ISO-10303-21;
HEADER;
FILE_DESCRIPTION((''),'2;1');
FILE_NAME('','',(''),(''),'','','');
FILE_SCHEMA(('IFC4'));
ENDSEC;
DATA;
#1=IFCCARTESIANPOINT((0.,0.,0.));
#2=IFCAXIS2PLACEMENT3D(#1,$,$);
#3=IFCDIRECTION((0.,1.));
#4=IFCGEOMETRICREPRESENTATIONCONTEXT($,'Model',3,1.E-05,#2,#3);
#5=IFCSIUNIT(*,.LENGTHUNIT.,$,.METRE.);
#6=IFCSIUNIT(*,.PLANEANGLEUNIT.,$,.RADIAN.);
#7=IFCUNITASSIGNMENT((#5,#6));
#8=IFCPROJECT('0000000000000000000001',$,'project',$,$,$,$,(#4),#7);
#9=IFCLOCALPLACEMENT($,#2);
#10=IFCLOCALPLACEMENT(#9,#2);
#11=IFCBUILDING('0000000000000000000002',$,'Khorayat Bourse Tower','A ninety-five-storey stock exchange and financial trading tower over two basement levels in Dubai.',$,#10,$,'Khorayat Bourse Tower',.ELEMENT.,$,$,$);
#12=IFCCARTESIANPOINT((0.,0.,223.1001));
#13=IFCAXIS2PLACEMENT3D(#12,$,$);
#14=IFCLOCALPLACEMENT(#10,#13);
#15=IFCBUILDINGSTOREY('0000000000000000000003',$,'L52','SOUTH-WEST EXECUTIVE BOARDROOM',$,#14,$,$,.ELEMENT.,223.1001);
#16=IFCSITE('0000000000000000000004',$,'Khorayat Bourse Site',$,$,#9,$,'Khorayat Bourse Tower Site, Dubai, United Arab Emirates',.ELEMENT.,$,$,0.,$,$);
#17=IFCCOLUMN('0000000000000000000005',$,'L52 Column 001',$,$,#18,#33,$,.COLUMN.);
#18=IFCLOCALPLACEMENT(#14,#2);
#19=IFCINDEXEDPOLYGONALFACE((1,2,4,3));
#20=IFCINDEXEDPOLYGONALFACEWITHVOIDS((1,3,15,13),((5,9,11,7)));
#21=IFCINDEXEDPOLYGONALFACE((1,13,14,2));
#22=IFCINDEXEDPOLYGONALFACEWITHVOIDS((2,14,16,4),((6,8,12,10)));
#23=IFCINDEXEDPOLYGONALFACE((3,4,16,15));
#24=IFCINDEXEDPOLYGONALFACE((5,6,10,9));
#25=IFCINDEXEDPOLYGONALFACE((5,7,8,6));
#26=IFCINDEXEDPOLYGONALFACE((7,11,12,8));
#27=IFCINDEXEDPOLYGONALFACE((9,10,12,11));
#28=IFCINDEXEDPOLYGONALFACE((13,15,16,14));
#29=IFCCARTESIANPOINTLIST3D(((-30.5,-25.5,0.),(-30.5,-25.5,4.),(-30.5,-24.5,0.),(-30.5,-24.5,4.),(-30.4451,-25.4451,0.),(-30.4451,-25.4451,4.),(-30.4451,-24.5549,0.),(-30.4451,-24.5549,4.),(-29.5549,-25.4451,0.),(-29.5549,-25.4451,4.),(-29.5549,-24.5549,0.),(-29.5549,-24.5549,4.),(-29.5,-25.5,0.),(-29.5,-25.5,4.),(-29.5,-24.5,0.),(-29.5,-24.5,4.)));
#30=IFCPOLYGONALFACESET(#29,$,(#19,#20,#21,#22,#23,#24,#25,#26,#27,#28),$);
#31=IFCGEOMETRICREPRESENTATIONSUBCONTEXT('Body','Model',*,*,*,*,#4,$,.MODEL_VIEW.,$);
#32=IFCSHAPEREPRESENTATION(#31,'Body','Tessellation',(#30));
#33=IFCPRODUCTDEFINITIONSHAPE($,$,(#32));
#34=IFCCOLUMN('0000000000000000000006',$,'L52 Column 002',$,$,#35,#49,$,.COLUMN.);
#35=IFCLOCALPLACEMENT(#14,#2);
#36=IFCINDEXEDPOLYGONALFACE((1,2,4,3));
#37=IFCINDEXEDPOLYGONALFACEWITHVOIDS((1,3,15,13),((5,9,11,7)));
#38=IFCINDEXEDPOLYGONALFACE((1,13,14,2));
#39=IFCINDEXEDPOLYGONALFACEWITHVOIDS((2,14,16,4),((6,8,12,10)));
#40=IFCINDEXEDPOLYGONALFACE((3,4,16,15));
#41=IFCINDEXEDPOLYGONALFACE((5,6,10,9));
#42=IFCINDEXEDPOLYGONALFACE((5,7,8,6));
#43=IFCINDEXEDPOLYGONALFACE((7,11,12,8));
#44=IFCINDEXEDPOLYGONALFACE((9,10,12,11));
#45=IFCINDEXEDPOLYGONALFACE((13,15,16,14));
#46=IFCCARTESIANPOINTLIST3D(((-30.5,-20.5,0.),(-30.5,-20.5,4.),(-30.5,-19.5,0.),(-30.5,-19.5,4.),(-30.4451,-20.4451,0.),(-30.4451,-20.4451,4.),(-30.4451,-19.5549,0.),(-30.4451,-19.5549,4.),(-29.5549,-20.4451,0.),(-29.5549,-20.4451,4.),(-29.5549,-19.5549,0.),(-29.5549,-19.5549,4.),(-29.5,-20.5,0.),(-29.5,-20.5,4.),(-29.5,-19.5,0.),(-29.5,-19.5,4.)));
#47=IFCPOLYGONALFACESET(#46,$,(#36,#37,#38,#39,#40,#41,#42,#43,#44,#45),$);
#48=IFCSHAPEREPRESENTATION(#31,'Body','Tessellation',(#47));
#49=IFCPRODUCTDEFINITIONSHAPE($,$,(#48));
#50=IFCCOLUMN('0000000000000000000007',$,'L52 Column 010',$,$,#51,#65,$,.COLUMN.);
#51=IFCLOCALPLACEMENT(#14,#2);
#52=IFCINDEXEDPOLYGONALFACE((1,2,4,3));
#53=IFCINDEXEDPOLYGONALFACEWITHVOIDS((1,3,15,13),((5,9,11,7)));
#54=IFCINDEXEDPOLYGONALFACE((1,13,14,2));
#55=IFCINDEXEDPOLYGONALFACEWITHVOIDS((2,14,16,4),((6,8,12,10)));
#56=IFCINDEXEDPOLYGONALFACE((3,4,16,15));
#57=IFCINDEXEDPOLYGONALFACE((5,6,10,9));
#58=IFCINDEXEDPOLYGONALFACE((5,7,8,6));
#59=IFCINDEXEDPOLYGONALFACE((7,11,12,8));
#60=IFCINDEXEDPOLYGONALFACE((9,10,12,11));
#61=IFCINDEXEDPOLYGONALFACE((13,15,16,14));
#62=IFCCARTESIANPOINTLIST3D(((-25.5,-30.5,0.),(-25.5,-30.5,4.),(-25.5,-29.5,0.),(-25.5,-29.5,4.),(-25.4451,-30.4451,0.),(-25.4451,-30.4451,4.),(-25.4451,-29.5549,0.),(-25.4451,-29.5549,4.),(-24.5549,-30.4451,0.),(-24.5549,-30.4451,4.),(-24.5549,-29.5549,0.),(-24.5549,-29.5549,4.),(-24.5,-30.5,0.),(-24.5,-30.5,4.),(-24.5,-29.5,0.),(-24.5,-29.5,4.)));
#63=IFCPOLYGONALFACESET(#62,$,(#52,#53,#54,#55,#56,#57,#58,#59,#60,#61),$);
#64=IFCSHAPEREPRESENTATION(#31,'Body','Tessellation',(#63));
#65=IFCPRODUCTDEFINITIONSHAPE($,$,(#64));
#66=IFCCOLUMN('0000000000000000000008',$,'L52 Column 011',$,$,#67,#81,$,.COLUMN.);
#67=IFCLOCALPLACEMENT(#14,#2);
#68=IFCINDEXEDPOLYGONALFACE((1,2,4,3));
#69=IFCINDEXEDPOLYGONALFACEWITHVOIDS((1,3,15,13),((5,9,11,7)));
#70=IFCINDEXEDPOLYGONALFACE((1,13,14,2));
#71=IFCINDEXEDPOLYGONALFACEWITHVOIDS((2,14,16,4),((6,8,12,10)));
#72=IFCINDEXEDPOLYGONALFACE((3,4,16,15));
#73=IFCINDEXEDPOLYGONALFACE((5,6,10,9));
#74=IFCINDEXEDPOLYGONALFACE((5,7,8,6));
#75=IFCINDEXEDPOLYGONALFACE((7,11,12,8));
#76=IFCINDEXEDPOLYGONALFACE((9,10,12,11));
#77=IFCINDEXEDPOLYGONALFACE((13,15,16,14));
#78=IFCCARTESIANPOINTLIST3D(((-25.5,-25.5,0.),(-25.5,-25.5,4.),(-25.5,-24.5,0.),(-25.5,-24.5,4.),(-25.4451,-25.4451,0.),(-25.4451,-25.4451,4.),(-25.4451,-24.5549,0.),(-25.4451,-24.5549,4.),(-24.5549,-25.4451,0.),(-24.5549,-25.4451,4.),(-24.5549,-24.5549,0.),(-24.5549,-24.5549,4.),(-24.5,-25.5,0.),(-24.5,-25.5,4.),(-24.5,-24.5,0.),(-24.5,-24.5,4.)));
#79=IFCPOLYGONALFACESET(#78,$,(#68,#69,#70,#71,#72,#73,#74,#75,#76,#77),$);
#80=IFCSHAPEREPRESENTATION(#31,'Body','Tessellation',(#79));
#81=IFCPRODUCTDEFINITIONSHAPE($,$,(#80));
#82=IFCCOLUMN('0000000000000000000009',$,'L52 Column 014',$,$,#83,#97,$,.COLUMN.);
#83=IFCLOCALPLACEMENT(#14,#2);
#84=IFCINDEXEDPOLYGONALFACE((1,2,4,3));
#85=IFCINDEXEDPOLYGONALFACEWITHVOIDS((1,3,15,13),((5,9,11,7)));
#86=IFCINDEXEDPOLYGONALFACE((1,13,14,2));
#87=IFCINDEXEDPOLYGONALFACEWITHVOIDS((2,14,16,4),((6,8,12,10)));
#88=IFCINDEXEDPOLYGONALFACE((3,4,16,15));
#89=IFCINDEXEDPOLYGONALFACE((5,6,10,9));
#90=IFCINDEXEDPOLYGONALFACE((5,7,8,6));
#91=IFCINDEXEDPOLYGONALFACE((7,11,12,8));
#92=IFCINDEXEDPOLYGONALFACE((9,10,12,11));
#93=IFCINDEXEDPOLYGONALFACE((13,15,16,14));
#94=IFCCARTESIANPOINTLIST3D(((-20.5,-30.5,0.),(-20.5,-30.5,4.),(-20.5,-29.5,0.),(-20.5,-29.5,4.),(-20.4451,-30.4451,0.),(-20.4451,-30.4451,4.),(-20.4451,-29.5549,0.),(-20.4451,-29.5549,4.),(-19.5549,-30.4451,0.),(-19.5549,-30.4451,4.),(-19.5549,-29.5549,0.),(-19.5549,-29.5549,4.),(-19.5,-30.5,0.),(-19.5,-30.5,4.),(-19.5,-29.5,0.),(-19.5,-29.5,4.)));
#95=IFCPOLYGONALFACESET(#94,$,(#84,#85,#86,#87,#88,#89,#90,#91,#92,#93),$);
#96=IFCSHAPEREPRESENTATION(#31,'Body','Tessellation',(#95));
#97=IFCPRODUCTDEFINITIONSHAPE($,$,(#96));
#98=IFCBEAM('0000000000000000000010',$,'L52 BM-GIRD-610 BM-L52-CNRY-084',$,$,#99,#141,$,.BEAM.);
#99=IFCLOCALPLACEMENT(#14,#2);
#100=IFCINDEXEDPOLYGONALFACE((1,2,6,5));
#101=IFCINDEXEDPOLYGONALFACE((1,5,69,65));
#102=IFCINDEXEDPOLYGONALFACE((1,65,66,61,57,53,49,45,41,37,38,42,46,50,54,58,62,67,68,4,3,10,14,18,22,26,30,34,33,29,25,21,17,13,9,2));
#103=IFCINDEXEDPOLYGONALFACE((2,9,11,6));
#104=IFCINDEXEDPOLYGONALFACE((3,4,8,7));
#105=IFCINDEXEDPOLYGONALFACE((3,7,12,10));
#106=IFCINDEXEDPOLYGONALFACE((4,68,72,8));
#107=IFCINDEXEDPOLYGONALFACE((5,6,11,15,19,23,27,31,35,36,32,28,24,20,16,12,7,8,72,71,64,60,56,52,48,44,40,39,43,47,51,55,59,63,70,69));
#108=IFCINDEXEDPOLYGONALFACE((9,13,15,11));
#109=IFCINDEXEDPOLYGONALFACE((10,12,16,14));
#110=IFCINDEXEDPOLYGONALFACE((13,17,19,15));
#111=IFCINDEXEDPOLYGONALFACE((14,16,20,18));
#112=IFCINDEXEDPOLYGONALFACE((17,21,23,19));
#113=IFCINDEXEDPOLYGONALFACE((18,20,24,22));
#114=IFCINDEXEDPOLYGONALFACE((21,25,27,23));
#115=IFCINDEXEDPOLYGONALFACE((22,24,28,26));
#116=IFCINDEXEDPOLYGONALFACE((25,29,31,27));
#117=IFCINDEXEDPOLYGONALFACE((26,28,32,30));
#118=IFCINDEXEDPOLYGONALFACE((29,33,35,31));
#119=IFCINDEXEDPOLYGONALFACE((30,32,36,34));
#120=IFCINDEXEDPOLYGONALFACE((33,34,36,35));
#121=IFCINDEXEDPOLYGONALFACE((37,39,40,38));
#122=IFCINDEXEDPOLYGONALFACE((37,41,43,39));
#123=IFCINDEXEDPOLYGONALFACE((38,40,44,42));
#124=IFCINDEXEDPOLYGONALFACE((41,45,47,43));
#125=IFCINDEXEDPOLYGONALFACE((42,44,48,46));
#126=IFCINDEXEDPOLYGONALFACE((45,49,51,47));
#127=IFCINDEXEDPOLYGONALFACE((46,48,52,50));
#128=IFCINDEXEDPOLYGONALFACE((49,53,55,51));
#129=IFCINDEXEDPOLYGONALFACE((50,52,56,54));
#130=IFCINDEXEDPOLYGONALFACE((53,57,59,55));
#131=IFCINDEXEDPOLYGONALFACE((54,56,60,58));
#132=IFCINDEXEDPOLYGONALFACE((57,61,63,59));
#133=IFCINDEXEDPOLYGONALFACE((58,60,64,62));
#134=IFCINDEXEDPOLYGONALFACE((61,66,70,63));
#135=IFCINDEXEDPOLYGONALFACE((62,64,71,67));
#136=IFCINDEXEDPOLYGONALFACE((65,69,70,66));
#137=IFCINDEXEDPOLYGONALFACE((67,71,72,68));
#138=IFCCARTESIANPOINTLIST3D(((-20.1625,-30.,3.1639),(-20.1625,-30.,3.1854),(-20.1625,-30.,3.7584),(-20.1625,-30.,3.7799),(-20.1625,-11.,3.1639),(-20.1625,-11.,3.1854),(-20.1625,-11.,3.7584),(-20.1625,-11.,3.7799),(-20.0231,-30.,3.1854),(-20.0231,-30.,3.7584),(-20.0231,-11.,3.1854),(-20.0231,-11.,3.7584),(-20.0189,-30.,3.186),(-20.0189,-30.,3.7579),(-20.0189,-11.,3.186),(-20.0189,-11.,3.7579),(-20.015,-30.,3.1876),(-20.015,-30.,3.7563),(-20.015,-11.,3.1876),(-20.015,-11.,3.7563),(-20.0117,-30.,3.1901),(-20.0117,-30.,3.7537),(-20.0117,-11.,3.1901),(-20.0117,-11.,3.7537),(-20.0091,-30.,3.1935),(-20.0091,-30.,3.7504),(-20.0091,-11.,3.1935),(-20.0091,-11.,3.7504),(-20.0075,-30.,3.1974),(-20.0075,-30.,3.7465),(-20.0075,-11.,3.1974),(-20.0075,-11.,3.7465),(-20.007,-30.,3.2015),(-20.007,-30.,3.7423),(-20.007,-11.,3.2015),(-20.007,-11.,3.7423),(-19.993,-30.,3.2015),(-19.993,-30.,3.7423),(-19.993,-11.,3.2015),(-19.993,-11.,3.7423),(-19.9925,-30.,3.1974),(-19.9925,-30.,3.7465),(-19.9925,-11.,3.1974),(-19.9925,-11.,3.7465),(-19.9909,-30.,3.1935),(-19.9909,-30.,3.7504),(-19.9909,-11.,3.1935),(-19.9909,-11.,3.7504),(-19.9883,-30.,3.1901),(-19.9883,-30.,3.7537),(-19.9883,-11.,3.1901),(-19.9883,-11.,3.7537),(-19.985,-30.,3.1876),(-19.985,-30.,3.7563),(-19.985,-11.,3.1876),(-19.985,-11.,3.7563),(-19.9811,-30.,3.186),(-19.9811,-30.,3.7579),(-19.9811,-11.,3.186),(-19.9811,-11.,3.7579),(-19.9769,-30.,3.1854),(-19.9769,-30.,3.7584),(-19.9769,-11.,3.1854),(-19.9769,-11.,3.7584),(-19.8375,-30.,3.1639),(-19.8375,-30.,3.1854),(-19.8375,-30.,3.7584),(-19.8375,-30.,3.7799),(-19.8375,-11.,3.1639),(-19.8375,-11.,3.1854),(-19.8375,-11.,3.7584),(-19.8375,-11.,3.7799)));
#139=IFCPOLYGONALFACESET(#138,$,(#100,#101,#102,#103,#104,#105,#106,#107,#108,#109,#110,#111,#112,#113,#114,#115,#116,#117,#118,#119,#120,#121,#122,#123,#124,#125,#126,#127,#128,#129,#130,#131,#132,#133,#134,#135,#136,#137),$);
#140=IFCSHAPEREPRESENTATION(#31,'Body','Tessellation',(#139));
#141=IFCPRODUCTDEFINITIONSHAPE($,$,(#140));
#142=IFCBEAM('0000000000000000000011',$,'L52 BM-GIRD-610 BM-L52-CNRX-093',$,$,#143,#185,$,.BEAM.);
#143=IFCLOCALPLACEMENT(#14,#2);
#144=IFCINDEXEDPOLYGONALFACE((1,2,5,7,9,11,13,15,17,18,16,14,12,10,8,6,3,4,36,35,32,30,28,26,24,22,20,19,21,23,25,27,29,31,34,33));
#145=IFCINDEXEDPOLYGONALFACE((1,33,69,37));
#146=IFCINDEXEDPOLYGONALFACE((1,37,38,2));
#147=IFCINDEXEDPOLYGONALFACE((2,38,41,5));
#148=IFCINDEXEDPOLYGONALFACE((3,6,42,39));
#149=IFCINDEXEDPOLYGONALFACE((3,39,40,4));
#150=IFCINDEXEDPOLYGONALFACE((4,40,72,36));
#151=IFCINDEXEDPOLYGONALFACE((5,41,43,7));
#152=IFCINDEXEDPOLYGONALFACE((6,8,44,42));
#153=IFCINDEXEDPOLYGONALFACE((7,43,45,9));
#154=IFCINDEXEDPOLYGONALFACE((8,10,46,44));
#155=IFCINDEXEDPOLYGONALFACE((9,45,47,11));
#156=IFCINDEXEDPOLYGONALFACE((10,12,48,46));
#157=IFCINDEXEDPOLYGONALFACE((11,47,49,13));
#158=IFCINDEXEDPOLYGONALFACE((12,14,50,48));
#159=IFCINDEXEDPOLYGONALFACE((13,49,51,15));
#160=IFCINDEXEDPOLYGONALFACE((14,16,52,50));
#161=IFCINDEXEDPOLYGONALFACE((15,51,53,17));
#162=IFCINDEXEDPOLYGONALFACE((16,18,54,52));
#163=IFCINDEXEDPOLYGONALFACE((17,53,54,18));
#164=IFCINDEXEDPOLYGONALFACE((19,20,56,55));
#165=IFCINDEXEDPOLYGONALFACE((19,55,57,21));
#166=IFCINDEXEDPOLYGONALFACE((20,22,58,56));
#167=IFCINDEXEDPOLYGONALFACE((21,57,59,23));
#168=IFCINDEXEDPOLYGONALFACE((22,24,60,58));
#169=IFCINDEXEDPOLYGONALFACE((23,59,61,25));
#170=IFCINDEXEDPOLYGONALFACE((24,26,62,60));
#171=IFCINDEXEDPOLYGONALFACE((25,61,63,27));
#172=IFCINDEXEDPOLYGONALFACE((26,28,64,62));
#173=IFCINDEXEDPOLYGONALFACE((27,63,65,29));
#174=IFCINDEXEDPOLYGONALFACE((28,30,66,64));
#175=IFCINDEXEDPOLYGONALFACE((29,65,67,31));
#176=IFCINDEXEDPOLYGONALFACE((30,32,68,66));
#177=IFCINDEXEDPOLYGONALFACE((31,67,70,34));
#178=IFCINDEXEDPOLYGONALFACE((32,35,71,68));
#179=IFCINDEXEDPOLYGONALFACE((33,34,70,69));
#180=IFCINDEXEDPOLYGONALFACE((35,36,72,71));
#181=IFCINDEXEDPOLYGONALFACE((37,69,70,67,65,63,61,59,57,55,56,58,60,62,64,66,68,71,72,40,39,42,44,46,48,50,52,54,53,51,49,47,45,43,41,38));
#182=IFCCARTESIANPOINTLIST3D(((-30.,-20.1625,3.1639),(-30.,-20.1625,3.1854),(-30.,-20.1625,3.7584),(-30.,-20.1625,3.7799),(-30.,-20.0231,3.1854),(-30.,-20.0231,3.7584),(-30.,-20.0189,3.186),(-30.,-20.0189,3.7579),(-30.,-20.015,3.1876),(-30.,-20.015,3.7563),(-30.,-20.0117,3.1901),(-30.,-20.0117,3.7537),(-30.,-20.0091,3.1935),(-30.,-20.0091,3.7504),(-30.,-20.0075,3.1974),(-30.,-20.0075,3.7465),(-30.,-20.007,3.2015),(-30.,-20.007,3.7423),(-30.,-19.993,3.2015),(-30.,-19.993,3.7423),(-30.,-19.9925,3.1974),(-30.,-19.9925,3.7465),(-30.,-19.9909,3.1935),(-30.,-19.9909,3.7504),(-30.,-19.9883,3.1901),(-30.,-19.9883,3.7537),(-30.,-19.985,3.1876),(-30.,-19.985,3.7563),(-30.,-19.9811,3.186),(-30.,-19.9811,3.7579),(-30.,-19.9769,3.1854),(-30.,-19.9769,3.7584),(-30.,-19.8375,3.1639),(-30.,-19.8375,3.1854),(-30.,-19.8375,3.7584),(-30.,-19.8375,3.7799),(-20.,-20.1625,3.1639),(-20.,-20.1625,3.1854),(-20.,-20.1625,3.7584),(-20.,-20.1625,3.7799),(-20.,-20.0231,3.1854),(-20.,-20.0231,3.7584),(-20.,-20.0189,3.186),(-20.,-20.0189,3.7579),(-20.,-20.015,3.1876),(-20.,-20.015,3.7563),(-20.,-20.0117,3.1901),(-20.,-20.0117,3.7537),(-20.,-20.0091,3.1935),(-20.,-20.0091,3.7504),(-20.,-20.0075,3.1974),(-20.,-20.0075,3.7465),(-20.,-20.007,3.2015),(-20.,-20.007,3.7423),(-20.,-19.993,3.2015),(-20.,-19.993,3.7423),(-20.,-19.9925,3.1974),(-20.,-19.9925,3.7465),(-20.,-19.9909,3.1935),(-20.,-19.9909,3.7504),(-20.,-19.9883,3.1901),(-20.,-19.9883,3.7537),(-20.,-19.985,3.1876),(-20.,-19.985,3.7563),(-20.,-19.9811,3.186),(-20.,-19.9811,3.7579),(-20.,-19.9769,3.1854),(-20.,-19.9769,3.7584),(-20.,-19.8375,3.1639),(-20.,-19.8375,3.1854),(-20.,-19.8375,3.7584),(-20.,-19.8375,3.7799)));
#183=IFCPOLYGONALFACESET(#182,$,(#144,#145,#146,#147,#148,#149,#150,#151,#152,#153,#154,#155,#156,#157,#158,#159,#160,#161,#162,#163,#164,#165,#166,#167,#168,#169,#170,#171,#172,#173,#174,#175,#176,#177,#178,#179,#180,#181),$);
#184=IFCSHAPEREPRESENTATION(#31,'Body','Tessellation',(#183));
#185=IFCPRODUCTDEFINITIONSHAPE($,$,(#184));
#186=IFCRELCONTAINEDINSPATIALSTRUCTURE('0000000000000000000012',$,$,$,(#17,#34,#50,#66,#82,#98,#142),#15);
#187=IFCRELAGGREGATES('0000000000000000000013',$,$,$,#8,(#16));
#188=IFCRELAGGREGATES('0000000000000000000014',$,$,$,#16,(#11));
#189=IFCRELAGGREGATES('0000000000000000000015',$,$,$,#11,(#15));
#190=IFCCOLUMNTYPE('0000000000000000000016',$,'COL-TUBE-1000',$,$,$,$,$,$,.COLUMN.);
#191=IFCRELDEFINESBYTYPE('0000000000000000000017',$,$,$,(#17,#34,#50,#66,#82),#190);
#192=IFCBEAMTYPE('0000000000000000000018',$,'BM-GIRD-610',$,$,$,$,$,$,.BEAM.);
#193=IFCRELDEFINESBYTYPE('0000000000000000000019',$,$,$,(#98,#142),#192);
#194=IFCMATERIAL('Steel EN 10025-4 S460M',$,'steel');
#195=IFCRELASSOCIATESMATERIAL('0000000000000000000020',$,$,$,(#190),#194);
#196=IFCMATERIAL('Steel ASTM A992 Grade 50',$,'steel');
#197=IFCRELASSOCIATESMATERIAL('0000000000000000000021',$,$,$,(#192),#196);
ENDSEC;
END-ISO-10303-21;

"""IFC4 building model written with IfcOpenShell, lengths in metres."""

from ifc_helpers import new_model, si_unit, direction, frame, origin, origin_2d, place, context, subcontext, project, spatial, hollow_rectangle, i_section, extrude, source, transform, mapped, material, material_profile, profile_set, type_object, element, save


model = new_model("IFC4")

# Units and contexts
model_context = context("Model", 3, precision=1e-05, world=origin(), true_north=direction((0.0, 1.0)))
body_context = subcontext(model_context, "Body", "Model", "MODEL_VIEW")
ifc_project = project(units=[si_unit("LENGTHUNIT", "METRE"), si_unit("PLANEANGLEUNIT", "RADIAN")], contexts=[model_context])

# Site, building, storey
site_placement = place(None, origin())
site = spatial("IfcSite", under=ifc_project, at=site_placement, Name="Khorayat Bourse Site", LongName="Khorayat Bourse Tower Site, Dubai, United Arab Emirates", CompositionType="ELEMENT", RefElevation=0.0)
building_placement = place(site_placement, origin())
building = spatial("IfcBuilding", under=site, at=building_placement, Name="Khorayat Bourse Tower", Description="A ninety-five-storey stock exchange and financial trading tower over two basement levels in Dubai.", LongName="Khorayat Bourse Tower", CompositionType="ELEMENT")
storey_placement = place(building_placement, frame((0.0, 0.0, 223.1001)))
storey = spatial("IfcBuildingStorey", under=building, at=storey_placement, Name="L52", Description="SOUTH-WEST EXECUTIVE BOARDROOM", CompositionType="ELEMENT", Elevation=223.1001)

# Columns
ifc_material_1 = material(Name="Steel EN 10025-4 S460M", Category="steel")
ifc_material_profile_1 = material_profile(ifc_material_1, hollow_rectangle(XDim=1.0, YDim=1.0, WallThickness=0.0549, at=origin_2d()), Name="BOX 1000x1000x55")
ifc_profile_set_1 = profile_set([ifc_material_profile_1], Name="Steel EN 10025-4 S460M")
column_type = type_object("IfcColumnType", Name="COL-TUBE-1000", PredefinedType="COLUMN", material=ifc_profile_set_1)
shared_shape_1 = source(origin(), body_context, "Body", "SweptSolid", [
    extrude(hollow_rectangle(XDim=1.0, YDim=1.0, WallThickness=0.0549, at=origin_2d()), origin(), (0.0, 0.0, 1.0), 4.0),
])
for number, where, z_axis, x_axis, name in (
    (1, (-30.0, -25.0, 0.0), (0.0, 0.0, 1.0), (1.0, 0.0, 0.0), "L52 Column 001"),
    (2, (-30.0, -20.0, 0.0), (0.0, 0.0, 1.0), (1.0, 0.0, 0.0), "L52 Column 002"),
    (3, (-25.0, -30.0, 0.0), (0.0, 0.0, 1.0), (1.0, 0.0, 0.0), "L52 Column 010"),
    (4, (-25.0, -25.0, 0.0), (0.0, 0.0, 1.0), (1.0, 0.0, 0.0), "L52 Column 011"),
    (5, (-20.0, -30.0, 0.0), (0.0, 0.0, 1.0), (1.0, 0.0, 0.0), "L52 Column 014"),
):
    element("IfcColumn", number, at=place(storey_placement, frame(where, z_axis=z_axis, x_axis=x_axis)), inside=storey, type_object=column_type, Name=name, PredefinedType="COLUMN", context=body_context, shape_type="MappedRepresentation", body=[
        mapped(shared_shape_1, transform((0.0, 0.0, 0.0), scale=1.0)),
    ])

# Beams
ifc_material_2 = material(Name="Steel ASTM A992 Grade 50", Category="steel")
ifc_material_profile_2 = material_profile(ifc_material_2, i_section(OverallWidth=0.325, OverallDepth=0.616, WebThickness=0.0139, FlangeThickness=0.0215, FilletRadius=0.0161, at=origin_2d()), Name="W610X174")
ifc_profile_set_2 = profile_set([ifc_material_profile_2], Name="Steel ASTM A992 Grade 50")
beam_type_1 = type_object("IfcBeamType", Name="BM-GIRD-610", PredefinedType="BEAM", material=ifc_profile_set_2)
shared_shape_2 = source(origin(), body_context, "Body", "SweptSolid", [
    extrude(i_section(OverallWidth=0.325, OverallDepth=0.616, WebThickness=0.0139, FlangeThickness=0.0215, FilletRadius=0.0161, at=origin_2d()), origin(), (0.0, 0.0, 1.0), 19.0),
])
beam_1_placement = place(storey_placement, frame((-20.0, -30.0, 3.4719), z_axis=(0.0, 1.0, 0.0), x_axis=(-1.0, 0.0, 0.0)))
element("IfcBeam", 6, at=beam_1_placement, inside=storey, type_object=beam_type_1, Name="L52 BM-GIRD-610 BM-L52-CNRY-084", PredefinedType="BEAM", context=body_context, shape_type="MappedRepresentation", body=[
    mapped(shared_shape_2, transform((0.0, 0.0, 0.0), scale=1.0)),
])
shared_shape_3 = source(origin(), body_context, "Body", "SweptSolid", [
    extrude(i_section(OverallWidth=0.325, OverallDepth=0.616, WebThickness=0.0139, FlangeThickness=0.0215, FilletRadius=0.0161, at=origin_2d()), origin(), (0.0, 0.0, 1.0), 10.0),
])
beam_2_placement = place(storey_placement, frame((-30.0, -20.0, 3.4719), z_axis=(1.0, 0.0, 0.0), x_axis=(0.0, 1.0, 0.0)))
element("IfcBeam", 7, at=beam_2_placement, inside=storey, type_object=beam_type_1, Name="L52 BM-GIRD-610 BM-L52-CNRX-093", PredefinedType="BEAM", context=body_context, shape_type="MappedRepresentation", body=[
    mapped(shared_shape_3, transform((0.0, 0.0, 0.0), scale=1.0)),
])

save(model, "model.ifc")
